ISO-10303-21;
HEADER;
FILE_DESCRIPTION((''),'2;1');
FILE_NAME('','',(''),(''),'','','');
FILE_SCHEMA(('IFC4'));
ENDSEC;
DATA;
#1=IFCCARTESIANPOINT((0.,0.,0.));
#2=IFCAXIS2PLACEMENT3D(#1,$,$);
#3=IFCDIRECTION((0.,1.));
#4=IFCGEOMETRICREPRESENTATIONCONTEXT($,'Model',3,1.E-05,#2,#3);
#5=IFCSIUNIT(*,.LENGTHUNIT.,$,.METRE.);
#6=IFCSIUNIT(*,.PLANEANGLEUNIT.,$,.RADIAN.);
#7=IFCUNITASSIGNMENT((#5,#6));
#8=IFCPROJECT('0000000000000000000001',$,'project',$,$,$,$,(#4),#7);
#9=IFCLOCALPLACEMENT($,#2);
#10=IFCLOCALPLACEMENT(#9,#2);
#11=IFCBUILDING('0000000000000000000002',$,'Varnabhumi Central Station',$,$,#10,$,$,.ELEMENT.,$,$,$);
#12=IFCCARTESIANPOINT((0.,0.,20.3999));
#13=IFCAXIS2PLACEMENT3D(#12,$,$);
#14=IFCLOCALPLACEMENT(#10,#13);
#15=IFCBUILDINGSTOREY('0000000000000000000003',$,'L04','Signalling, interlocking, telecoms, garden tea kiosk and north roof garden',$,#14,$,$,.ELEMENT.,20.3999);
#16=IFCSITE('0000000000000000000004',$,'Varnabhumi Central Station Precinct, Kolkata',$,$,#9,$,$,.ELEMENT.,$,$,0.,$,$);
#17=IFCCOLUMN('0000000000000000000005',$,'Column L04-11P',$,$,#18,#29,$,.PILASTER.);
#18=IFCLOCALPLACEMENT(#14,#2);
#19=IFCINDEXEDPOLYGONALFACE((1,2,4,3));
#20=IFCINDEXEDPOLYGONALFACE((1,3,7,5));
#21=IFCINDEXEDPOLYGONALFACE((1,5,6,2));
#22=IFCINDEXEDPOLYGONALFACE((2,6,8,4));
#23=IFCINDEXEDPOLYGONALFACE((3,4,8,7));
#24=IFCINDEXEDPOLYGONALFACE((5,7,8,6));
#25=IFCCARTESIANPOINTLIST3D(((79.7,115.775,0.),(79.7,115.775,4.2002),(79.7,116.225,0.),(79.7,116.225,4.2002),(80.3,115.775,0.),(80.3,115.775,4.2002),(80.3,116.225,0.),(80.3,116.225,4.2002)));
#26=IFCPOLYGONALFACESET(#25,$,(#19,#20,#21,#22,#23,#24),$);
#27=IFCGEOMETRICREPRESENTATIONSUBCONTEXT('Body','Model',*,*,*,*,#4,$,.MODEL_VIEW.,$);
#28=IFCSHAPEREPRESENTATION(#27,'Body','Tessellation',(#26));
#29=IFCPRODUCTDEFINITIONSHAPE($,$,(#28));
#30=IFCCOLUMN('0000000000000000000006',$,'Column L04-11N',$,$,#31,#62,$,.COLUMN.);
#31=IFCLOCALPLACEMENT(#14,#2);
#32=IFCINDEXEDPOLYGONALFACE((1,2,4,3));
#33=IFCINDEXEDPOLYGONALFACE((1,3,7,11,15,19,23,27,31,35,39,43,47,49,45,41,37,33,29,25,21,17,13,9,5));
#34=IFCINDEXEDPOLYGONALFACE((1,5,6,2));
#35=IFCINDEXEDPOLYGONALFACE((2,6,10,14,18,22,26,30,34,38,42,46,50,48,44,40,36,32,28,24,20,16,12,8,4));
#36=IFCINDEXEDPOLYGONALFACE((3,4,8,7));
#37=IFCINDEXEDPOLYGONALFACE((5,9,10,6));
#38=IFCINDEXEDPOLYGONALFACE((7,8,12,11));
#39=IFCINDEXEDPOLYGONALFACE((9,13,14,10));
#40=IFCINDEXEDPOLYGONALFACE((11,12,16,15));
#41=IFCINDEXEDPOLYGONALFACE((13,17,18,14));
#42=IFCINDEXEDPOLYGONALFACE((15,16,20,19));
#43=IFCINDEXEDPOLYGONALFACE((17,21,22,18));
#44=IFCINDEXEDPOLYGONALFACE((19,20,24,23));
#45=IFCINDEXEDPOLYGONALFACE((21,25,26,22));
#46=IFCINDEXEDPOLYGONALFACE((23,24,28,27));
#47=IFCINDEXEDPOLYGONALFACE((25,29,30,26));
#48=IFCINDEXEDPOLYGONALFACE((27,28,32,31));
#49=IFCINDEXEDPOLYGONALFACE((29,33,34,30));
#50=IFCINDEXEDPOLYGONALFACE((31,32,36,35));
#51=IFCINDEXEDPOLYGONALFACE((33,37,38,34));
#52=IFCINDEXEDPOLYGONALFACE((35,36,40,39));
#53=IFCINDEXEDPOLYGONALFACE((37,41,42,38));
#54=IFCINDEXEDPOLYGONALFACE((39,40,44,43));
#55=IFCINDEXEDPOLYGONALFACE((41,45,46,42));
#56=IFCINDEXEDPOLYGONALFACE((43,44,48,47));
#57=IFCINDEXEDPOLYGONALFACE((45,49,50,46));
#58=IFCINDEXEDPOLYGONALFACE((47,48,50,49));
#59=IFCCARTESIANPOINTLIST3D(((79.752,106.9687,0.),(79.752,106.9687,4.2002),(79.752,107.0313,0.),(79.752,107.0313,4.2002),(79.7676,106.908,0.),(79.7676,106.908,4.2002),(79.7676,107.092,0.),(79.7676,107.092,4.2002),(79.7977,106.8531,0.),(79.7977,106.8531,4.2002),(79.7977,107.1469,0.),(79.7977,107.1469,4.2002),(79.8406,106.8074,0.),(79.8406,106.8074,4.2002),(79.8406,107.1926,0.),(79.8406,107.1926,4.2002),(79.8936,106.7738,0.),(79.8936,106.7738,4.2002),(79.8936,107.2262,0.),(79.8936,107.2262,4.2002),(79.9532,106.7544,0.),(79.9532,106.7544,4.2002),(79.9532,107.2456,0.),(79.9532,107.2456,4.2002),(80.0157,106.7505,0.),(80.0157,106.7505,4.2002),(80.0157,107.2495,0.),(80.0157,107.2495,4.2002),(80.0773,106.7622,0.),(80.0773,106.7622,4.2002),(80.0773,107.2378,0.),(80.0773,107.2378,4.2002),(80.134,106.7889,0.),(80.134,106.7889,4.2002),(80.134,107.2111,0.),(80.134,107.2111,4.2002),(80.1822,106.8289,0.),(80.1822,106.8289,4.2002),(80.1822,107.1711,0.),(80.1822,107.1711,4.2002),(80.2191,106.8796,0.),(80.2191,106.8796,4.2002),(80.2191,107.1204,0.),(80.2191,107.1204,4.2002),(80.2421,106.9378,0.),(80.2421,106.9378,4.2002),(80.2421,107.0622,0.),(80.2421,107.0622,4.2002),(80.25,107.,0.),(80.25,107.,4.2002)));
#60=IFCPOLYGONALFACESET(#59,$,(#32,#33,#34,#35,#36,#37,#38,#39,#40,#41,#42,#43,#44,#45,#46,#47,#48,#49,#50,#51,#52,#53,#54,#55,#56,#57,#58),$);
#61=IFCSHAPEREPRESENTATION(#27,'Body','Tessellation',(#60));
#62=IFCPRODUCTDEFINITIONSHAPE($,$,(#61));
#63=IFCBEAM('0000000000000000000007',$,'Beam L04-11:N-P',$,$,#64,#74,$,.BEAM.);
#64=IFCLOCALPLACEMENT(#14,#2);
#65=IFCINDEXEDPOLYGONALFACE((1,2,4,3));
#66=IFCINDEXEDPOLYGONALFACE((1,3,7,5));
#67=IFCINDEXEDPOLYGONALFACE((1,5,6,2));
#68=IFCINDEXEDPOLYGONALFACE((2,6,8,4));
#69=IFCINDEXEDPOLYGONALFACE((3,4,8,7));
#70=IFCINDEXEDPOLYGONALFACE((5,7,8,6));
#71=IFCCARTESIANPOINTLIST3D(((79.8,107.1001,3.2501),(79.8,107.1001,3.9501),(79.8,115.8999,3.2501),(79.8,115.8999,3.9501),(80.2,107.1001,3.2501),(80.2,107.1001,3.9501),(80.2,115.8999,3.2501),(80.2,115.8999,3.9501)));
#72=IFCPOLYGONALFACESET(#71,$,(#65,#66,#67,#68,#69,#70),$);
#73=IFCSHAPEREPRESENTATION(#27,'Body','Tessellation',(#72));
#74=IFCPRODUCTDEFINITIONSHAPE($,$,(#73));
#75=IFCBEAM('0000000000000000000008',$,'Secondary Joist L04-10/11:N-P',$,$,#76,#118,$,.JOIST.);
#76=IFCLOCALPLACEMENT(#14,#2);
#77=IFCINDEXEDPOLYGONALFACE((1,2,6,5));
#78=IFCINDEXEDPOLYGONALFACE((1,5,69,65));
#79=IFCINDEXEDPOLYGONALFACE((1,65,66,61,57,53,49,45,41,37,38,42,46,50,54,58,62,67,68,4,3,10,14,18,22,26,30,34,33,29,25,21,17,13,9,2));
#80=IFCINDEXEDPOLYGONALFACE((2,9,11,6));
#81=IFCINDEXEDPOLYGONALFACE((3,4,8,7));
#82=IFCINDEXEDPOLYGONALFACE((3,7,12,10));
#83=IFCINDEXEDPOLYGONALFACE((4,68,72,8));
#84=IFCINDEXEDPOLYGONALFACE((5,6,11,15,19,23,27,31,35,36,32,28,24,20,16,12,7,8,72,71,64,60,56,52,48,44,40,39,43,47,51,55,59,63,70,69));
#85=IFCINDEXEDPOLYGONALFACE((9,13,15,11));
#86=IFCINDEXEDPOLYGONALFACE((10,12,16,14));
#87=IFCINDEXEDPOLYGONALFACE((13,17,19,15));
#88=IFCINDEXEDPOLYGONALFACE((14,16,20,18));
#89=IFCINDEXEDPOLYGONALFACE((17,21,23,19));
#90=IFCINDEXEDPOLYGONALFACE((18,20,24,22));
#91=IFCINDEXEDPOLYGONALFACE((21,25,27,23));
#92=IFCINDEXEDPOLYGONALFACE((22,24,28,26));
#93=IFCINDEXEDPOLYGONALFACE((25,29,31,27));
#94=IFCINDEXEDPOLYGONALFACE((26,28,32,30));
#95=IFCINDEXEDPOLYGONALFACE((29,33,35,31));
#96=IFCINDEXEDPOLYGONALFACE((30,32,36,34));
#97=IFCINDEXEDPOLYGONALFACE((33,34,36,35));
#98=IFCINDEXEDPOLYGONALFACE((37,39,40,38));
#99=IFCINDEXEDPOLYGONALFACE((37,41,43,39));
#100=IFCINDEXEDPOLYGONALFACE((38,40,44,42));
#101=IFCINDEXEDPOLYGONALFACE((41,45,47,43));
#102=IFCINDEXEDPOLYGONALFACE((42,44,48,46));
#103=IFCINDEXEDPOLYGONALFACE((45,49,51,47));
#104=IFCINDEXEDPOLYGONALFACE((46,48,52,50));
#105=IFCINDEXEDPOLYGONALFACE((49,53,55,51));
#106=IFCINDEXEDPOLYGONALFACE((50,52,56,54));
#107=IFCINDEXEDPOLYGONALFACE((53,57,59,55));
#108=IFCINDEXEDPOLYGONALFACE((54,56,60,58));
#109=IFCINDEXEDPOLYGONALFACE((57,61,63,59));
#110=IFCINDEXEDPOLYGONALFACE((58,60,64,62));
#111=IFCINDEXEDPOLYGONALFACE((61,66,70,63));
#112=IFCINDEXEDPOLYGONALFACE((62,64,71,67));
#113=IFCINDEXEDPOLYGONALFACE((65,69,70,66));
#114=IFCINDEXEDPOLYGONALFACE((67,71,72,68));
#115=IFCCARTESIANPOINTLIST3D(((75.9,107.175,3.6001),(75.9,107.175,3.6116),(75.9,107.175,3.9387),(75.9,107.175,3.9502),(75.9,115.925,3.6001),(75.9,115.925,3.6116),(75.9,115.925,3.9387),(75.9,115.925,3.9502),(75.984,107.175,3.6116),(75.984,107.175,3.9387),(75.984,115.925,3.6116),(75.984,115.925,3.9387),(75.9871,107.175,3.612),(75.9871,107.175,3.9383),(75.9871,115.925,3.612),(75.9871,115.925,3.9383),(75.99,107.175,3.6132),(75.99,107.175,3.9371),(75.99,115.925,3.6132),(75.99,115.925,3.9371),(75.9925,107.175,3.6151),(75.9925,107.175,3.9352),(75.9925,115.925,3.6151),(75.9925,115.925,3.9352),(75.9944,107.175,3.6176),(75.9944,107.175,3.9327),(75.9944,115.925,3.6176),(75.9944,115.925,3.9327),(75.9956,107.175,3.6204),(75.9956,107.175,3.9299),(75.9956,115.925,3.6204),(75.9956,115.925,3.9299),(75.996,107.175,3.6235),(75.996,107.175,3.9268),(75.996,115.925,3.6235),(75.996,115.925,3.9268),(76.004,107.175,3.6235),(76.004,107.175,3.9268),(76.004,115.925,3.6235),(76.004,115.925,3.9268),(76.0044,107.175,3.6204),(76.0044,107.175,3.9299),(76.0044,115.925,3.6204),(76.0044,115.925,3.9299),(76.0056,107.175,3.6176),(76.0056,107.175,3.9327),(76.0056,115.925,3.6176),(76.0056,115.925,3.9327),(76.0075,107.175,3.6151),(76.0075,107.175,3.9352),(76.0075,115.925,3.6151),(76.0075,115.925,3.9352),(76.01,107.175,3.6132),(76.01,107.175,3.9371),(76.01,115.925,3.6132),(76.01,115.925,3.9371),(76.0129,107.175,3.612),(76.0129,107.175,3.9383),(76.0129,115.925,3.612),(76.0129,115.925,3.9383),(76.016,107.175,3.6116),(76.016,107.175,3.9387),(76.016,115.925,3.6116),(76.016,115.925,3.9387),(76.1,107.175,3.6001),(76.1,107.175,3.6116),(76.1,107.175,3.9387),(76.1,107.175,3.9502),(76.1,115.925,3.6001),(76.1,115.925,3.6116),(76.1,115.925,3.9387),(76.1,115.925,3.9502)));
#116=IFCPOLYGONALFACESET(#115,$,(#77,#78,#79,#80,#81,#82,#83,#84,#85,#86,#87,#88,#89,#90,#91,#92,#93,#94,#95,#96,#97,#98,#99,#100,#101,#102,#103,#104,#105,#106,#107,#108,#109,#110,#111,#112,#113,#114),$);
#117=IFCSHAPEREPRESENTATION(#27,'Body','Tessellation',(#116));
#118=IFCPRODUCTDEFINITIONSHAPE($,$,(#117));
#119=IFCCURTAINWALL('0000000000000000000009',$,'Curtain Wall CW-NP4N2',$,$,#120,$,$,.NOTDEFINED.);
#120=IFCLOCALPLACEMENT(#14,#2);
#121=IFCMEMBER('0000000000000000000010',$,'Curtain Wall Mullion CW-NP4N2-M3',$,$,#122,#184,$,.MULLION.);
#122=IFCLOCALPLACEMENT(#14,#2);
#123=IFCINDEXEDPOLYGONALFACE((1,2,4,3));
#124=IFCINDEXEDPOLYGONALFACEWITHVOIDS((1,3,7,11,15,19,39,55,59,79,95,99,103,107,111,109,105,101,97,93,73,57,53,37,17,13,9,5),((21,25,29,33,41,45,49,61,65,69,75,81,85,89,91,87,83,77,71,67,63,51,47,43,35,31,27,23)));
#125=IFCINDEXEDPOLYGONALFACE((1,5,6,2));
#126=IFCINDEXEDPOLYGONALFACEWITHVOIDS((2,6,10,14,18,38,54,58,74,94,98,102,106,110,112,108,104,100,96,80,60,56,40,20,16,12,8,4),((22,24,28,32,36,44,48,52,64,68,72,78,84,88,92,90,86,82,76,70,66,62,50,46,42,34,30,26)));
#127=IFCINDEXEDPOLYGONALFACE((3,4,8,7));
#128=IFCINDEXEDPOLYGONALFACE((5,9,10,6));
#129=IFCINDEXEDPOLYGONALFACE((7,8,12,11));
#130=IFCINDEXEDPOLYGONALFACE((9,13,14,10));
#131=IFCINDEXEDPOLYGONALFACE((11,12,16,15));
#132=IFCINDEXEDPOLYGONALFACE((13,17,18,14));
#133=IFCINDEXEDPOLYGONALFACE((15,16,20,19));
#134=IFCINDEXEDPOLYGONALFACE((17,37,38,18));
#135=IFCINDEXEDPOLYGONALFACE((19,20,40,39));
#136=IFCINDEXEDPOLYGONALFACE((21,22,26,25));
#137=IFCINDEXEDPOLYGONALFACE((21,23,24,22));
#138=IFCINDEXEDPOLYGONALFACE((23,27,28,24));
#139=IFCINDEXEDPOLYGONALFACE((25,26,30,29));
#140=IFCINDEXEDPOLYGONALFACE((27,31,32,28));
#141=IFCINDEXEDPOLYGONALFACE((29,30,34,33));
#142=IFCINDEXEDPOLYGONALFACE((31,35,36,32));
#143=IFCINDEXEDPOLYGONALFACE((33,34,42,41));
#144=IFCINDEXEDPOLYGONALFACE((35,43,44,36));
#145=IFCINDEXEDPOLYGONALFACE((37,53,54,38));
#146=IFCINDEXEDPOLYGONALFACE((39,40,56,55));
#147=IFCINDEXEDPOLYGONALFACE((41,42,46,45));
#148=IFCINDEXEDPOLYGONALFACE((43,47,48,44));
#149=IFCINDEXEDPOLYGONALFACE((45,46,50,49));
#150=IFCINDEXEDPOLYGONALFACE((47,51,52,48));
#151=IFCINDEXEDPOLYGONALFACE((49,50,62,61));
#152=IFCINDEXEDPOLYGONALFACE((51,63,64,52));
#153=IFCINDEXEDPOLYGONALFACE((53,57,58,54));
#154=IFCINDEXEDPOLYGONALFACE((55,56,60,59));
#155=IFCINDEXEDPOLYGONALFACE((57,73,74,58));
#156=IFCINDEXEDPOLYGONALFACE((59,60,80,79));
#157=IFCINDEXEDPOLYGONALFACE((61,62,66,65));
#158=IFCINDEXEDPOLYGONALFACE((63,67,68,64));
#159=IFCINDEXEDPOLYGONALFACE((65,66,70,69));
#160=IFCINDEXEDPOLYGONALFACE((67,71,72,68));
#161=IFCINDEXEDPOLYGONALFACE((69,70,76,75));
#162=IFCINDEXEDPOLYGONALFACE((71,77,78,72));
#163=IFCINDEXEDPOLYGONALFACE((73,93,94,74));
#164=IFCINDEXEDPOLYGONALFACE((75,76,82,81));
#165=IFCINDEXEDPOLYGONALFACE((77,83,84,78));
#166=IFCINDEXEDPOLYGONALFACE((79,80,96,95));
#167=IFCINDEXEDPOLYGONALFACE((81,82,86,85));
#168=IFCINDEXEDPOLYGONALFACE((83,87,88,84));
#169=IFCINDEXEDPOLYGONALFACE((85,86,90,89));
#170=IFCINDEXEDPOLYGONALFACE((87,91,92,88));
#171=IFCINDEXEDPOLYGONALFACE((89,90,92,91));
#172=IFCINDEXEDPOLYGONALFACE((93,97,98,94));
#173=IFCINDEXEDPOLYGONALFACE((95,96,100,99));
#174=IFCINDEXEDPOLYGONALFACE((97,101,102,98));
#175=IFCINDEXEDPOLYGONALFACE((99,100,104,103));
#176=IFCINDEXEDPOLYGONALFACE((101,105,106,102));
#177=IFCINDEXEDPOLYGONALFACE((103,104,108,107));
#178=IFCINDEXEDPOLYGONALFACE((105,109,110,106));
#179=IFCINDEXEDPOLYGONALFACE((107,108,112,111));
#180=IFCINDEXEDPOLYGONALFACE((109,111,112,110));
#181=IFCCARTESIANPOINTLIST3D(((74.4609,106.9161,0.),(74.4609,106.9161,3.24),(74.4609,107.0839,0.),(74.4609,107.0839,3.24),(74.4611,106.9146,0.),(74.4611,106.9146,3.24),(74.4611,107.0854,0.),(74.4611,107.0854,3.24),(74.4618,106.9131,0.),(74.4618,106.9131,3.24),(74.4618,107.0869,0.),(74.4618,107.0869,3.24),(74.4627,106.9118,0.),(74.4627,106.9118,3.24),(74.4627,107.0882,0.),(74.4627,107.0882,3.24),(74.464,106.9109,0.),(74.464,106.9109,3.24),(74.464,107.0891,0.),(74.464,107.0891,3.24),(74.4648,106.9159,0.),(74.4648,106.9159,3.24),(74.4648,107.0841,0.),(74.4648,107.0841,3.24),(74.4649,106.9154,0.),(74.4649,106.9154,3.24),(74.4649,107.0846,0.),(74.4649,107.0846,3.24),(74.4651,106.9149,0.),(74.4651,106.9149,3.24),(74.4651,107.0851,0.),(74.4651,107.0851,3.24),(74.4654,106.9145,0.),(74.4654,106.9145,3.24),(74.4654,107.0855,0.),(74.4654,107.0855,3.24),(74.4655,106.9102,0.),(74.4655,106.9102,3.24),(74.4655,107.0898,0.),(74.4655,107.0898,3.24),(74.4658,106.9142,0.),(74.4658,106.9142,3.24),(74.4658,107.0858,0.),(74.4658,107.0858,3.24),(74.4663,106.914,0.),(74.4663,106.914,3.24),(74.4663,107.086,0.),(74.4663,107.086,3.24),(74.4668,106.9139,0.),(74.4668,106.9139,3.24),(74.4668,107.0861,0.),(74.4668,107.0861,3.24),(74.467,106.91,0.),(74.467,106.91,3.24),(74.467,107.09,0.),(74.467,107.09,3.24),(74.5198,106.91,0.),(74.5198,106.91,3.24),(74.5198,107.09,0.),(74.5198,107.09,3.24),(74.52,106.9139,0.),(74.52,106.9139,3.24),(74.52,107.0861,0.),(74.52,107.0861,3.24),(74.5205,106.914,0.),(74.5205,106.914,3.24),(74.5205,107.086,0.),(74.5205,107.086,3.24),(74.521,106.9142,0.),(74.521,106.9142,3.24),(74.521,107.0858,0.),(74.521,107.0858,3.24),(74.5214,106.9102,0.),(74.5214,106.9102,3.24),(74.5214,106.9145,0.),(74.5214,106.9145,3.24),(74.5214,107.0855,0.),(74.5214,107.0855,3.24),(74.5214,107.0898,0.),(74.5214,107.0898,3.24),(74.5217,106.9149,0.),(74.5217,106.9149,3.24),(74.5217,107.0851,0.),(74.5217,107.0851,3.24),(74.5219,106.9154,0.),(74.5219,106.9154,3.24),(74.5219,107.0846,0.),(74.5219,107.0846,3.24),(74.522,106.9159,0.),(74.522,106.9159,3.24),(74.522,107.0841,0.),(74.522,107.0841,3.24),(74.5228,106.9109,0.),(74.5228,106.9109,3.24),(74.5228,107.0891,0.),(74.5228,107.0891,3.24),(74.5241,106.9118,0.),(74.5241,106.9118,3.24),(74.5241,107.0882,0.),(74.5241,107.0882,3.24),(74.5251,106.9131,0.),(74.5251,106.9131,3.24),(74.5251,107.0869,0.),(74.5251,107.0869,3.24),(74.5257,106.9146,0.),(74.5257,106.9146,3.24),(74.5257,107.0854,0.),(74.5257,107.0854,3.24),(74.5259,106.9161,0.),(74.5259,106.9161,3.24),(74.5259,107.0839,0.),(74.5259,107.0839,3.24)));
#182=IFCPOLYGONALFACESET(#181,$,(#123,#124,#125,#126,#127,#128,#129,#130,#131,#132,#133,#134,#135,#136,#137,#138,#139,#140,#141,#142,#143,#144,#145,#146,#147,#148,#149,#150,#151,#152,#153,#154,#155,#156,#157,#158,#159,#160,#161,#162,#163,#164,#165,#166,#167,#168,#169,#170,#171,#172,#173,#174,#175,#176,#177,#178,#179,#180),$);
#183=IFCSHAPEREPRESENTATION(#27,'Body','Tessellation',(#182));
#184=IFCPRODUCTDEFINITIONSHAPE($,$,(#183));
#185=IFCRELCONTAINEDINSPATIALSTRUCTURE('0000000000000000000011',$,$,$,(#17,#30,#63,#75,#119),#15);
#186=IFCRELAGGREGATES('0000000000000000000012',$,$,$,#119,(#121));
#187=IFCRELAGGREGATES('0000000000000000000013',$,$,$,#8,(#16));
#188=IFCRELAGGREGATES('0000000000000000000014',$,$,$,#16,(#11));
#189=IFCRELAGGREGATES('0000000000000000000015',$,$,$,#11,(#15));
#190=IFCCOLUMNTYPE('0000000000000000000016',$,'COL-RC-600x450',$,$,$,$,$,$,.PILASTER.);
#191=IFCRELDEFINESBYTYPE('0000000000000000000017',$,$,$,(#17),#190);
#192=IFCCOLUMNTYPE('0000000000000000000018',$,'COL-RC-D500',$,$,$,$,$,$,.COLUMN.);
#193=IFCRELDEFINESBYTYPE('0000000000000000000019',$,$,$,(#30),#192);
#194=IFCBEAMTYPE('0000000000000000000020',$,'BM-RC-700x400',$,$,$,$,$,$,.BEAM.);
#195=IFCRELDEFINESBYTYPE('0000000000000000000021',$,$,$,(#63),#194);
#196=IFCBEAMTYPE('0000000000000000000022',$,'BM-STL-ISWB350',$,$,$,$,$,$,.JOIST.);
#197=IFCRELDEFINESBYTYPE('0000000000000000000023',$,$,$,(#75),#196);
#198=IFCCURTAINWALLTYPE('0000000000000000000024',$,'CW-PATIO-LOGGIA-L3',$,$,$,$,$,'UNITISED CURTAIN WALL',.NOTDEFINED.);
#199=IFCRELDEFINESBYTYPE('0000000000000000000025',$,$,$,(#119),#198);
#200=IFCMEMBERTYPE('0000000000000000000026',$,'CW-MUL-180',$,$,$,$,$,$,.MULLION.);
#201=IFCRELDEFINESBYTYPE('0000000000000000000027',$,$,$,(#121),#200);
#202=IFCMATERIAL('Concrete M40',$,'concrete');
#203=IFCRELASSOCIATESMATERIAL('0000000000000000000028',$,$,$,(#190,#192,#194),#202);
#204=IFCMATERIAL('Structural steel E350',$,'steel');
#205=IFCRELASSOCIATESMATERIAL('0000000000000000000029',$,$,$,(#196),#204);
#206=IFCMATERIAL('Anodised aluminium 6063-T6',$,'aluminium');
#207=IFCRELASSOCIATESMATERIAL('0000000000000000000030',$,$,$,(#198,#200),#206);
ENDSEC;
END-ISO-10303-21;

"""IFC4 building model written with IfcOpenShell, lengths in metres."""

from ifc_helpers import new_model, si_unit, direction, frame, origin, origin_2d, place, context, subcontext, project, spatial, rectangle, hollow_rectangle, circle, i_section, extrude, material, material_profile, profile_set, type_object, element, aggregate, save


model = new_model("IFC4")

# Units and contexts
model_context = context("Model", 3, precision=1e-05, world=origin(), true_north=direction((0.0, 1.0)))
body_context = subcontext(model_context, "Body", "Model", "MODEL_VIEW")
ifc_project = project(units=[si_unit("LENGTHUNIT", "METRE"), si_unit("PLANEANGLEUNIT", "RADIAN")], contexts=[model_context])

# Site, building, storey
site_placement = place(None, origin())
site = spatial("IfcSite", under=ifc_project, at=site_placement, Name="Varnabhumi Central Station Precinct, Kolkata", CompositionType="ELEMENT", RefElevation=0.0)
building_placement = place(site_placement, origin())
building = spatial("IfcBuilding", under=site, at=building_placement, Name="Varnabhumi Central Station", CompositionType="ELEMENT")
storey_placement = place(building_placement, frame((0.0, 0.0, 20.3999)))
storey = spatial("IfcBuildingStorey", under=building, at=storey_placement, Name="L04", Description="Signalling, interlocking, telecoms, garden tea kiosk and north roof garden", CompositionType="ELEMENT", Elevation=20.3999)

# Columns
ifc_material_1 = material(Name="Concrete M40", Category="concrete")
ifc_material_profile_1 = material_profile(ifc_material_1, rectangle(XDim=0.6001, YDim=0.45, at=origin_2d()), Name="Concrete M40", Category="concrete")
ifc_profile_set_1 = profile_set([ifc_material_profile_1], Name="Concrete M40")
column_type_1 = type_object("IfcColumnType", Name="COL-RC-600x450", PredefinedType="PILASTER", material=ifc_profile_set_1)
column_1_placement = place(storey_placement, frame((80.0, 116.0, 0.0), z_axis=(0.0, 0.0, 1.0), x_axis=(1.0, 0.0, 0.0)))
element("IfcColumn", 1, at=column_1_placement, inside=storey, type_object=column_type_1, Name="Column L04-11P", PredefinedType="PILASTER", context=body_context, shape_type="SweptSolid", body=[
    extrude(rectangle(XDim=0.6001, YDim=0.45, at=origin_2d()), origin(), (0.0, 0.0, 1.0), 4.2002),
])
ifc_material_profile_2 = material_profile(ifc_material_1, circle(Radius=0.25, at=origin_2d()), Name="Concrete M40", Category="concrete")
ifc_profile_set_2 = profile_set([ifc_material_profile_2], Name="Concrete M40")
column_type_2 = type_object("IfcColumnType", Name="COL-RC-D500", PredefinedType="COLUMN", material=ifc_profile_set_2)
column_2_placement = place(storey_placement, frame((80.0, 107.0, 0.0), z_axis=(0.0, 0.0, 1.0), x_axis=(1.0, 0.0, 0.0)))
element("IfcColumn", 2, at=column_2_placement, inside=storey, type_object=column_type_2, Name="Column L04-11N", PredefinedType="COLUMN", context=body_context, shape_type="SweptSolid", body=[
    extrude(circle(Radius=0.25, at=origin_2d()), origin(), (0.0, 0.0, 1.0), 4.2002),
])

# Beams
ifc_material_profile_3 = material_profile(ifc_material_1, rectangle(XDim=0.3999, YDim=0.7, at=origin_2d()), Name="Concrete M40", Category="concrete")
ifc_profile_set_3 = profile_set([ifc_material_profile_3], Name="Concrete M40")
beam_type_1 = type_object("IfcBeamType", Name="BM-RC-700x400", PredefinedType="BEAM", material=ifc_profile_set_3)
beam_1_placement = place(storey_placement, frame((80.0, 107.1001, 3.6001), z_axis=(0.0, 1.0, 0.0), x_axis=(-1.0, 0.0, 0.0)))
element("IfcBeam", 3, at=beam_1_placement, inside=storey, type_object=beam_type_1, Name="Beam L04-11:N-P", PredefinedType="BEAM", context=body_context, shape_type="SweptSolid", body=[
    extrude(rectangle(XDim=0.3999, YDim=0.7, at=origin_2d()), origin(), (0.0, 0.0, 1.0), 8.7998),
])
ifc_material_2 = material(Name="Structural steel E350", Category="steel")
ifc_material_profile_4 = material_profile(ifc_material_2, i_section(OverallWidth=0.2, OverallDepth=0.3501, WebThickness=0.0081, FlangeThickness=0.0115, FilletRadius=0.012, at=origin_2d()), Name="Structural steel E350", Category="steel")
ifc_profile_set_4 = profile_set([ifc_material_profile_4], Name="Structural steel E350")
beam_type_2 = type_object("IfcBeamType", Name="BM-STL-ISWB350", PredefinedType="JOIST", material=ifc_profile_set_4)
beam_2_placement = place(storey_placement, frame((76.0, 107.175, 3.7751), z_axis=(0.0, 1.0, 0.0), x_axis=(-1.0, 0.0, 0.0)))
element("IfcBeam", 4, at=beam_2_placement, inside=storey, type_object=beam_type_2, Name="Secondary Joist L04-10/11:N-P", PredefinedType="JOIST", context=body_context, shape_type="SweptSolid", body=[
    extrude(i_section(OverallWidth=0.2, OverallDepth=0.3501, WebThickness=0.0081, FlangeThickness=0.0115, FilletRadius=0.012, at=origin_2d()), origin(), (0.0, 0.0, 1.0), 8.75),
])

# Curtain wall, member
ifc_material_3 = material(Name="Anodised aluminium 6063-T6", Category="aluminium")
curtain_wall_type = type_object("IfcCurtainWallType", Name="CW-PATIO-LOGGIA-L3", ElementType="UNITISED CURTAIN WALL", PredefinedType="NOTDEFINED", material=ifc_material_3)
curtain_wall_placement = place(storey_placement, origin())
curtain_wall = element("IfcCurtainWall", 5, at=curtain_wall_placement, inside=storey, type_object=curtain_wall_type, Name="Curtain Wall CW-NP4N2", PredefinedType="NOTDEFINED")
ifc_material_profile_5 = material_profile(ifc_material_3, hollow_rectangle(XDim=0.0649, YDim=0.1799, WallThickness=0.0039, InnerFilletRadius=0.002, OuterFilletRadius=0.0061, at=origin_2d()), Name="Anodised aluminium 6063-T6", Category="aluminium")
ifc_profile_set_5 = profile_set([ifc_material_profile_5], Name="Anodised aluminium 6063-T6")
member_type_1 = type_object("IfcMemberType", Name="CW-MUL-180", PredefinedType="MULLION", material=ifc_profile_set_5)
member_1_placement = place(storey_placement, frame((74.4934, 107.0, 0.0), z_axis=(0.0, 0.0, 1.0), x_axis=(1.0, 0.0, 0.0)))
member_1 = element("IfcMember", 6, at=member_1_placement, type_object=member_type_1, Name="Curtain Wall Mullion CW-NP4N2-M3", PredefinedType="MULLION", context=body_context, shape_type="SweptSolid", body=[
    extrude(hollow_rectangle(XDim=0.0649, YDim=0.1799, WallThickness=0.0039, InnerFilletRadius=0.002, OuterFilletRadius=0.0061, at=origin_2d()), origin(), (0.0, 0.0, 1.0), 3.24),
])

aggregate(curtain_wall, [member_1])

save(model, "model.ifc")
